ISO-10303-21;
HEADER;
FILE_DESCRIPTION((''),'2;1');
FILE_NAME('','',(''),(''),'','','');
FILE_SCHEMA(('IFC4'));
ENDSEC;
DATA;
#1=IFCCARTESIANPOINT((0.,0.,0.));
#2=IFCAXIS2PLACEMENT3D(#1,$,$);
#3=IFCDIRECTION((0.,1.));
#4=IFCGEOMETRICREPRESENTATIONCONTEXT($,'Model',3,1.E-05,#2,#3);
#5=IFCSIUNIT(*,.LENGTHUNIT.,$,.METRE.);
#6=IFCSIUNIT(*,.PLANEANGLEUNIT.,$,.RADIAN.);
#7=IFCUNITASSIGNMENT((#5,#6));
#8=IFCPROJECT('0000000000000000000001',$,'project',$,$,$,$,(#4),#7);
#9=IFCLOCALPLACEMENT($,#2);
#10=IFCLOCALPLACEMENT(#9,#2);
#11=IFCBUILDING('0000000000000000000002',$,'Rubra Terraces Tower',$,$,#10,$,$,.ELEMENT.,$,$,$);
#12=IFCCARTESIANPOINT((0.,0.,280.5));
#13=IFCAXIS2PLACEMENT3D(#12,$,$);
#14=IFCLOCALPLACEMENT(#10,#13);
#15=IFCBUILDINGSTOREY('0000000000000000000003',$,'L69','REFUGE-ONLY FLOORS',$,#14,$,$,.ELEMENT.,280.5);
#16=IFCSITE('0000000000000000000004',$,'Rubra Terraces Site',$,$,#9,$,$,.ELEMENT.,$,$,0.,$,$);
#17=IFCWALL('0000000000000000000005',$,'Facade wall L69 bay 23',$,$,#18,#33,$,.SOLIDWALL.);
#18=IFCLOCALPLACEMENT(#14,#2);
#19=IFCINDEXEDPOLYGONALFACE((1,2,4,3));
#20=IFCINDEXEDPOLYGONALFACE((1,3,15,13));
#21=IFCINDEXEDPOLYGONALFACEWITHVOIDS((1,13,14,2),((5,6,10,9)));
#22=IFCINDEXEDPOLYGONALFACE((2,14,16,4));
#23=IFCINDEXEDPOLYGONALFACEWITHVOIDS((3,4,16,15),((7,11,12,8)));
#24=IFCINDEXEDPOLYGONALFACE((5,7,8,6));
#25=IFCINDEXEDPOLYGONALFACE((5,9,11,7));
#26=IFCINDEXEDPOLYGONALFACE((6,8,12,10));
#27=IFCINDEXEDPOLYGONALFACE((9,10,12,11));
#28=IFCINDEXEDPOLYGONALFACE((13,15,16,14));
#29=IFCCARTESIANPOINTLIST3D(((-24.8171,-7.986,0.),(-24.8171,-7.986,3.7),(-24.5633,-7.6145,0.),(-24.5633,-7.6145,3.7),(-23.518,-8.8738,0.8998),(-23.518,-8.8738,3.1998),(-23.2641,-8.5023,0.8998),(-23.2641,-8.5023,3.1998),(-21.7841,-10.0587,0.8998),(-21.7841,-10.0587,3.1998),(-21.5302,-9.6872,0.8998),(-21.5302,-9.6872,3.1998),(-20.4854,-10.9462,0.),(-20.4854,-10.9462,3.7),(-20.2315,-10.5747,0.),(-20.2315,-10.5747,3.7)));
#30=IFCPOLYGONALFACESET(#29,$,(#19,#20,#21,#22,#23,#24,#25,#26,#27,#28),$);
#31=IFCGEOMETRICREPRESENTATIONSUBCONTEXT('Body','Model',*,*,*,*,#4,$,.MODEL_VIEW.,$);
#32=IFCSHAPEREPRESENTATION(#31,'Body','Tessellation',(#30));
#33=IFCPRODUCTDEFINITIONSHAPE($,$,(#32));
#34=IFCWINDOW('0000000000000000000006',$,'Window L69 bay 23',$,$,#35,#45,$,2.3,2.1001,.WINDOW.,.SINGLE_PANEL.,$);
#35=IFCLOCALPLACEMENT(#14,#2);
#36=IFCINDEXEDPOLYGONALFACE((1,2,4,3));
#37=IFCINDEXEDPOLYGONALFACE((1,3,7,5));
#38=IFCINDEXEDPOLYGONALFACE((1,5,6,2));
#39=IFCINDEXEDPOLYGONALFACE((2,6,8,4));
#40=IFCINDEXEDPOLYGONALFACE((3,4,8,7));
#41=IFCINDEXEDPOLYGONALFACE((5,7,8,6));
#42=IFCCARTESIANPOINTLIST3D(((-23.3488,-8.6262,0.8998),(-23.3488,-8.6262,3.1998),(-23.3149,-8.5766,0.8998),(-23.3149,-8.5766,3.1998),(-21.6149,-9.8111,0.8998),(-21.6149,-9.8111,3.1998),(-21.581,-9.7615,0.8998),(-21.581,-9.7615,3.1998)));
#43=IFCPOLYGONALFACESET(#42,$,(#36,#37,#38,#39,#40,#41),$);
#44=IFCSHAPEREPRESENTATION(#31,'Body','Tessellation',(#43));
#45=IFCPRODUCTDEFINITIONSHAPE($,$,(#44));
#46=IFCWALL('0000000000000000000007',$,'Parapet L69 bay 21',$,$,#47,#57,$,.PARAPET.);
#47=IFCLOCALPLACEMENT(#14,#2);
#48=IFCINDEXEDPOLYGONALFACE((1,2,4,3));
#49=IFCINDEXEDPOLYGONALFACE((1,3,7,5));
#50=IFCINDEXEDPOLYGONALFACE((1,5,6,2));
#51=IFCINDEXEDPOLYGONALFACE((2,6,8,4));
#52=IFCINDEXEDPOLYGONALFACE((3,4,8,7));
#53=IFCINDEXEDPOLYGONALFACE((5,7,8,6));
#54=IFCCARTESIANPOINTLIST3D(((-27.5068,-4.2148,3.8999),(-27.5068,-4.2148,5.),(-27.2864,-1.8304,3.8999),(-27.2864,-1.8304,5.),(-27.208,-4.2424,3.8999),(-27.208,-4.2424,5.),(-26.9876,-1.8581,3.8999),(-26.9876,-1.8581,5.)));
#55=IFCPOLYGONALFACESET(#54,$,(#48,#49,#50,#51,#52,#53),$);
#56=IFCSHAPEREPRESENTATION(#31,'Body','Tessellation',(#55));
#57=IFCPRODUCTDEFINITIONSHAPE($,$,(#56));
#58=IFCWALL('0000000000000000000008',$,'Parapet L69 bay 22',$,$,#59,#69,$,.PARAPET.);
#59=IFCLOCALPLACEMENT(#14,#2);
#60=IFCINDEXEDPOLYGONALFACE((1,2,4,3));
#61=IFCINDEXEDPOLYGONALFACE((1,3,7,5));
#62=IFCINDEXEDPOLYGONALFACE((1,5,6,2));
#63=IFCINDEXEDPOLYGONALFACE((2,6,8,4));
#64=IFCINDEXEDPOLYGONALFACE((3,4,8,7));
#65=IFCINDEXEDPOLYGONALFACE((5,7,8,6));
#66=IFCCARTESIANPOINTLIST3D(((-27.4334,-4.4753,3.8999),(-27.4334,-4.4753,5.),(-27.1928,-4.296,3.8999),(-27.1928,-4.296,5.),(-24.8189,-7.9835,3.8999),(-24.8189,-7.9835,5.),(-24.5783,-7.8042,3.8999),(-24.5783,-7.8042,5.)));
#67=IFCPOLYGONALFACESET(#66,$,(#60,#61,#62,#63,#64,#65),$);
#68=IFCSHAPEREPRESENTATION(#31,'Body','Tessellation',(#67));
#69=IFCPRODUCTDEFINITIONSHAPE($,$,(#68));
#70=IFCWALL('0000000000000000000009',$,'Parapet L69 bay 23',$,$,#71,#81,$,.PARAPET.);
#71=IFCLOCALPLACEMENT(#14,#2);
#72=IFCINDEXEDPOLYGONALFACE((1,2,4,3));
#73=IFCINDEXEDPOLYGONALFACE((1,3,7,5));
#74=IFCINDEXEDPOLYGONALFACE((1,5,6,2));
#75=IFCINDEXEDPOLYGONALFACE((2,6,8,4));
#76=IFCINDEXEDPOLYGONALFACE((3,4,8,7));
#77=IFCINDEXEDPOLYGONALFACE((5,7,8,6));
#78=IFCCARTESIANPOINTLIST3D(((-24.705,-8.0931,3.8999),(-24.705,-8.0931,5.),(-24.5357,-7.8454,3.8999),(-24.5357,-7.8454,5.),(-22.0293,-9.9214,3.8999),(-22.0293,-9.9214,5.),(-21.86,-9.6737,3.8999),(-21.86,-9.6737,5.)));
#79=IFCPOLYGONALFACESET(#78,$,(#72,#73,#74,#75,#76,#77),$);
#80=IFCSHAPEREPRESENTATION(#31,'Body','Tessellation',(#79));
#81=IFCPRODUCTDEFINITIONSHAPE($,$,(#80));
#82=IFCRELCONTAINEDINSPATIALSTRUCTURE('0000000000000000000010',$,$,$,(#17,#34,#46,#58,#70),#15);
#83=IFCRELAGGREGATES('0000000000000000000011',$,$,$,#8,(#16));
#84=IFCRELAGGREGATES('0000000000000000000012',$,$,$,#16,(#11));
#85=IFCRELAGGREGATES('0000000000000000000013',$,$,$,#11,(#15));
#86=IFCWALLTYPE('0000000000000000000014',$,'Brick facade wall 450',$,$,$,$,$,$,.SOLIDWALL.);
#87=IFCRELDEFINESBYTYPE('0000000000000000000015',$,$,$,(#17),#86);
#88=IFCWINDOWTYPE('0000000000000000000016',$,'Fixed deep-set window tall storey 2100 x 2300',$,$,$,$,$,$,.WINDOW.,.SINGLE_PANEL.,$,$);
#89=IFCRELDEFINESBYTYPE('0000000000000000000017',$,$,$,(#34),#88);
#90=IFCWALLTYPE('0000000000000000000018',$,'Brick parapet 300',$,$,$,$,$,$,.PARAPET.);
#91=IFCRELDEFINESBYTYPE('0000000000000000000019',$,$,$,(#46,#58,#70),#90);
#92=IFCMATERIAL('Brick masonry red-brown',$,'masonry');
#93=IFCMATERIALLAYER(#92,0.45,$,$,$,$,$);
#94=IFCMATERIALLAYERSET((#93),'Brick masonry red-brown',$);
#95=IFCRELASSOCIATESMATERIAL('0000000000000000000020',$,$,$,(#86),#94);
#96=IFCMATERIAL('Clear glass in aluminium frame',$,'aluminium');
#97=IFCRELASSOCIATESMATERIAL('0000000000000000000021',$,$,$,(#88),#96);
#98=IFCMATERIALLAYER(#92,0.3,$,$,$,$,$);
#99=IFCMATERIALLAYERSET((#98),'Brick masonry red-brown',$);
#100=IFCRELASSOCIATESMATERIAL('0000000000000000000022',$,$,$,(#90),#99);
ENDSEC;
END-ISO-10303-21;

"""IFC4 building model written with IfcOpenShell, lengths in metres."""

from ifc_helpers import new_model, si_unit, direction, frame, frame_2d, origin, place, context, subcontext, project, spatial, rectangle, extrude, material, layer, layer_set, type_object, element, fill, save


model = new_model("IFC4")

# Units and contexts
model_context = context("Model", 3, precision=1e-05, world=origin(), true_north=direction((0.0, 1.0)))
body_context = subcontext(model_context, "Body", "Model", "MODEL_VIEW")
ifc_project = project(units=[si_unit("LENGTHUNIT", "METRE"), si_unit("PLANEANGLEUNIT", "RADIAN")], contexts=[model_context])

# Site, building, storey
site_placement = place(None, origin())
site = spatial("IfcSite", under=ifc_project, at=site_placement, Name="Rubra Terraces Site", CompositionType="ELEMENT", RefElevation=0.0)
building_placement = place(site_placement, origin())
building = spatial("IfcBuilding", under=site, at=building_placement, Name="Rubra Terraces Tower", CompositionType="ELEMENT")
storey_placement = place(building_placement, frame((0.0, 0.0, 280.5)))
storey = spatial("IfcBuildingStorey", under=building, at=storey_placement, Name="L69", Description="REFUGE-ONLY FLOORS", CompositionType="ELEMENT", Elevation=280.5)

# Wall, opening, window
ifc_material_1 = material(Name="Brick masonry red-brown", Category="masonry")
ifc_layer_1 = layer(ifc_material_1, 0.45)
ifc_layer_set_1 = layer_set([ifc_layer_1], Name="Brick masonry red-brown")
wall_type_1 = type_object("IfcWallType", Name="Brick facade wall 450", PredefinedType="SOLIDWALL", material=ifc_layer_set_1)
ifc_material_2 = material(Name="Clear glass in aluminium frame", Category="aluminium")
window_type = type_object("IfcWindowType", Name="Fixed deep-set window tall storey 2100 x 2300", PartitioningType="SINGLE_PANEL", PredefinedType="WINDOW", material=ifc_material_2)
wall_1_placement = place(storey_placement, frame((-24.6902, -7.8003, 0.0), z_axis=(0.0, 0.0, 1.0), x_axis=(0.825631, -0.56421, 0.0)))
wall_1 = element("IfcWall", 1, at=wall_1_placement, inside=storey, type_object=wall_type_1, Name="Facade wall L69 bay 23", PredefinedType="SOLIDWALL", context=body_context, shape_type="SweptSolid", body=[
    extrude(rectangle(XDim=5.2466, YDim=0.45, at=frame_2d((2.6233, 0.0))), origin(), (0.0, 0.0, 1.0), 3.7),
])
opening_1_placement = place(wall_1_placement, frame((1.5735, 0.0, 0.8999)))
opening_1 = element("IfcOpeningElement", 2, at=opening_1_placement, cuts=wall_1, PredefinedType="OPENING", context=body_context, shape_type="SweptSolid", body=[
    extrude(rectangle(XDim=2.1001, YDim=2.3, at=frame_2d((1.05, 1.1499))), frame((0.0, 0.2349, 0.0), z_axis=(0.0, -1.0, 0.0), x_axis=(1.0, 0.0, 0.0)), (0.0, 0.0, 1.0), 0.47),
])
window_1_placement = place(opening_1_placement, origin())
window_1 = element("IfcWindow", 3, at=window_1_placement, inside=storey, type_object=window_type, Name="Window L69 bay 23", OverallHeight=2.3, OverallWidth=2.1001, PartitioningType="SINGLE_PANEL", PredefinedType="WINDOW", context=body_context, shape_type="SweptSolid", body=[
    extrude(rectangle(XDim=2.1001, YDim=2.3, at=frame_2d((1.05, 1.1499))), frame((0.0, 0.135, 0.0), z_axis=(0.0, -1.0, 0.0), x_axis=(1.0, 0.0, 0.0)), (0.0, 0.0, 1.0), 0.0601),
])
fill(opening_1, window_1)

# Walls
ifc_layer_2 = layer(ifc_material_1, 0.3)
ifc_layer_set_2 = layer_set([ifc_layer_2], Name="Brick masonry red-brown")
wall_type_2 = type_object("IfcWallType", Name="Brick parapet 300", PredefinedType="PARAPET", material=ifc_layer_set_2)
wall_2_placement = place(storey_placement, frame((-27.137, -1.8442, 3.8999), z_axis=(0.0, 0.0, 1.0), x_axis=(-0.092071, -0.995752, 0.0)))
element("IfcWall", 4, at=wall_2_placement, inside=storey, type_object=wall_type_2, Name="Parapet L69 bay 21", PredefinedType="PARAPET", context=body_context, shape_type="SweptSolid", body=[
    extrude(rectangle(XDim=2.3945, YDim=0.3, at=frame_2d((1.1973, 0.0))), origin(), (0.0, 0.0, 1.0), 1.1001),
])
wall_3_placement = place(storey_placement, frame((-27.313, -4.3857, 3.8999), z_axis=(0.0, 0.0, 1.0), x_axis=(0.597551, -0.801831, 0.0)))
element("IfcWall", 5, at=wall_3_placement, inside=storey, type_object=wall_type_2, Name="Parapet L69 bay 22", PredefinedType="PARAPET", context=body_context, shape_type="SweptSolid", body=[
    extrude(rectangle(XDim=4.3752, YDim=0.3, at=frame_2d((2.1875, 0.0))), origin(), (0.0, 0.0, 1.0), 1.1001),
])
wall_4_placement = place(storey_placement, frame((-24.6204, -7.9692, 3.8999), z_axis=(0.0, 0.0, 1.0), x_axis=(0.825656, -0.564173, 0.0)))
element("IfcWall", 6, at=wall_4_placement, inside=storey, type_object=wall_type_2, Name="Parapet L69 bay 23", PredefinedType="PARAPET", context=body_context, shape_type="SweptSolid", body=[
    extrude(rectangle(XDim=3.2407, YDim=0.3, at=frame_2d((1.6204, 0.0))), origin(), (0.0, 0.0, 1.0), 1.1001),
])

save(model, "model.ifc")
